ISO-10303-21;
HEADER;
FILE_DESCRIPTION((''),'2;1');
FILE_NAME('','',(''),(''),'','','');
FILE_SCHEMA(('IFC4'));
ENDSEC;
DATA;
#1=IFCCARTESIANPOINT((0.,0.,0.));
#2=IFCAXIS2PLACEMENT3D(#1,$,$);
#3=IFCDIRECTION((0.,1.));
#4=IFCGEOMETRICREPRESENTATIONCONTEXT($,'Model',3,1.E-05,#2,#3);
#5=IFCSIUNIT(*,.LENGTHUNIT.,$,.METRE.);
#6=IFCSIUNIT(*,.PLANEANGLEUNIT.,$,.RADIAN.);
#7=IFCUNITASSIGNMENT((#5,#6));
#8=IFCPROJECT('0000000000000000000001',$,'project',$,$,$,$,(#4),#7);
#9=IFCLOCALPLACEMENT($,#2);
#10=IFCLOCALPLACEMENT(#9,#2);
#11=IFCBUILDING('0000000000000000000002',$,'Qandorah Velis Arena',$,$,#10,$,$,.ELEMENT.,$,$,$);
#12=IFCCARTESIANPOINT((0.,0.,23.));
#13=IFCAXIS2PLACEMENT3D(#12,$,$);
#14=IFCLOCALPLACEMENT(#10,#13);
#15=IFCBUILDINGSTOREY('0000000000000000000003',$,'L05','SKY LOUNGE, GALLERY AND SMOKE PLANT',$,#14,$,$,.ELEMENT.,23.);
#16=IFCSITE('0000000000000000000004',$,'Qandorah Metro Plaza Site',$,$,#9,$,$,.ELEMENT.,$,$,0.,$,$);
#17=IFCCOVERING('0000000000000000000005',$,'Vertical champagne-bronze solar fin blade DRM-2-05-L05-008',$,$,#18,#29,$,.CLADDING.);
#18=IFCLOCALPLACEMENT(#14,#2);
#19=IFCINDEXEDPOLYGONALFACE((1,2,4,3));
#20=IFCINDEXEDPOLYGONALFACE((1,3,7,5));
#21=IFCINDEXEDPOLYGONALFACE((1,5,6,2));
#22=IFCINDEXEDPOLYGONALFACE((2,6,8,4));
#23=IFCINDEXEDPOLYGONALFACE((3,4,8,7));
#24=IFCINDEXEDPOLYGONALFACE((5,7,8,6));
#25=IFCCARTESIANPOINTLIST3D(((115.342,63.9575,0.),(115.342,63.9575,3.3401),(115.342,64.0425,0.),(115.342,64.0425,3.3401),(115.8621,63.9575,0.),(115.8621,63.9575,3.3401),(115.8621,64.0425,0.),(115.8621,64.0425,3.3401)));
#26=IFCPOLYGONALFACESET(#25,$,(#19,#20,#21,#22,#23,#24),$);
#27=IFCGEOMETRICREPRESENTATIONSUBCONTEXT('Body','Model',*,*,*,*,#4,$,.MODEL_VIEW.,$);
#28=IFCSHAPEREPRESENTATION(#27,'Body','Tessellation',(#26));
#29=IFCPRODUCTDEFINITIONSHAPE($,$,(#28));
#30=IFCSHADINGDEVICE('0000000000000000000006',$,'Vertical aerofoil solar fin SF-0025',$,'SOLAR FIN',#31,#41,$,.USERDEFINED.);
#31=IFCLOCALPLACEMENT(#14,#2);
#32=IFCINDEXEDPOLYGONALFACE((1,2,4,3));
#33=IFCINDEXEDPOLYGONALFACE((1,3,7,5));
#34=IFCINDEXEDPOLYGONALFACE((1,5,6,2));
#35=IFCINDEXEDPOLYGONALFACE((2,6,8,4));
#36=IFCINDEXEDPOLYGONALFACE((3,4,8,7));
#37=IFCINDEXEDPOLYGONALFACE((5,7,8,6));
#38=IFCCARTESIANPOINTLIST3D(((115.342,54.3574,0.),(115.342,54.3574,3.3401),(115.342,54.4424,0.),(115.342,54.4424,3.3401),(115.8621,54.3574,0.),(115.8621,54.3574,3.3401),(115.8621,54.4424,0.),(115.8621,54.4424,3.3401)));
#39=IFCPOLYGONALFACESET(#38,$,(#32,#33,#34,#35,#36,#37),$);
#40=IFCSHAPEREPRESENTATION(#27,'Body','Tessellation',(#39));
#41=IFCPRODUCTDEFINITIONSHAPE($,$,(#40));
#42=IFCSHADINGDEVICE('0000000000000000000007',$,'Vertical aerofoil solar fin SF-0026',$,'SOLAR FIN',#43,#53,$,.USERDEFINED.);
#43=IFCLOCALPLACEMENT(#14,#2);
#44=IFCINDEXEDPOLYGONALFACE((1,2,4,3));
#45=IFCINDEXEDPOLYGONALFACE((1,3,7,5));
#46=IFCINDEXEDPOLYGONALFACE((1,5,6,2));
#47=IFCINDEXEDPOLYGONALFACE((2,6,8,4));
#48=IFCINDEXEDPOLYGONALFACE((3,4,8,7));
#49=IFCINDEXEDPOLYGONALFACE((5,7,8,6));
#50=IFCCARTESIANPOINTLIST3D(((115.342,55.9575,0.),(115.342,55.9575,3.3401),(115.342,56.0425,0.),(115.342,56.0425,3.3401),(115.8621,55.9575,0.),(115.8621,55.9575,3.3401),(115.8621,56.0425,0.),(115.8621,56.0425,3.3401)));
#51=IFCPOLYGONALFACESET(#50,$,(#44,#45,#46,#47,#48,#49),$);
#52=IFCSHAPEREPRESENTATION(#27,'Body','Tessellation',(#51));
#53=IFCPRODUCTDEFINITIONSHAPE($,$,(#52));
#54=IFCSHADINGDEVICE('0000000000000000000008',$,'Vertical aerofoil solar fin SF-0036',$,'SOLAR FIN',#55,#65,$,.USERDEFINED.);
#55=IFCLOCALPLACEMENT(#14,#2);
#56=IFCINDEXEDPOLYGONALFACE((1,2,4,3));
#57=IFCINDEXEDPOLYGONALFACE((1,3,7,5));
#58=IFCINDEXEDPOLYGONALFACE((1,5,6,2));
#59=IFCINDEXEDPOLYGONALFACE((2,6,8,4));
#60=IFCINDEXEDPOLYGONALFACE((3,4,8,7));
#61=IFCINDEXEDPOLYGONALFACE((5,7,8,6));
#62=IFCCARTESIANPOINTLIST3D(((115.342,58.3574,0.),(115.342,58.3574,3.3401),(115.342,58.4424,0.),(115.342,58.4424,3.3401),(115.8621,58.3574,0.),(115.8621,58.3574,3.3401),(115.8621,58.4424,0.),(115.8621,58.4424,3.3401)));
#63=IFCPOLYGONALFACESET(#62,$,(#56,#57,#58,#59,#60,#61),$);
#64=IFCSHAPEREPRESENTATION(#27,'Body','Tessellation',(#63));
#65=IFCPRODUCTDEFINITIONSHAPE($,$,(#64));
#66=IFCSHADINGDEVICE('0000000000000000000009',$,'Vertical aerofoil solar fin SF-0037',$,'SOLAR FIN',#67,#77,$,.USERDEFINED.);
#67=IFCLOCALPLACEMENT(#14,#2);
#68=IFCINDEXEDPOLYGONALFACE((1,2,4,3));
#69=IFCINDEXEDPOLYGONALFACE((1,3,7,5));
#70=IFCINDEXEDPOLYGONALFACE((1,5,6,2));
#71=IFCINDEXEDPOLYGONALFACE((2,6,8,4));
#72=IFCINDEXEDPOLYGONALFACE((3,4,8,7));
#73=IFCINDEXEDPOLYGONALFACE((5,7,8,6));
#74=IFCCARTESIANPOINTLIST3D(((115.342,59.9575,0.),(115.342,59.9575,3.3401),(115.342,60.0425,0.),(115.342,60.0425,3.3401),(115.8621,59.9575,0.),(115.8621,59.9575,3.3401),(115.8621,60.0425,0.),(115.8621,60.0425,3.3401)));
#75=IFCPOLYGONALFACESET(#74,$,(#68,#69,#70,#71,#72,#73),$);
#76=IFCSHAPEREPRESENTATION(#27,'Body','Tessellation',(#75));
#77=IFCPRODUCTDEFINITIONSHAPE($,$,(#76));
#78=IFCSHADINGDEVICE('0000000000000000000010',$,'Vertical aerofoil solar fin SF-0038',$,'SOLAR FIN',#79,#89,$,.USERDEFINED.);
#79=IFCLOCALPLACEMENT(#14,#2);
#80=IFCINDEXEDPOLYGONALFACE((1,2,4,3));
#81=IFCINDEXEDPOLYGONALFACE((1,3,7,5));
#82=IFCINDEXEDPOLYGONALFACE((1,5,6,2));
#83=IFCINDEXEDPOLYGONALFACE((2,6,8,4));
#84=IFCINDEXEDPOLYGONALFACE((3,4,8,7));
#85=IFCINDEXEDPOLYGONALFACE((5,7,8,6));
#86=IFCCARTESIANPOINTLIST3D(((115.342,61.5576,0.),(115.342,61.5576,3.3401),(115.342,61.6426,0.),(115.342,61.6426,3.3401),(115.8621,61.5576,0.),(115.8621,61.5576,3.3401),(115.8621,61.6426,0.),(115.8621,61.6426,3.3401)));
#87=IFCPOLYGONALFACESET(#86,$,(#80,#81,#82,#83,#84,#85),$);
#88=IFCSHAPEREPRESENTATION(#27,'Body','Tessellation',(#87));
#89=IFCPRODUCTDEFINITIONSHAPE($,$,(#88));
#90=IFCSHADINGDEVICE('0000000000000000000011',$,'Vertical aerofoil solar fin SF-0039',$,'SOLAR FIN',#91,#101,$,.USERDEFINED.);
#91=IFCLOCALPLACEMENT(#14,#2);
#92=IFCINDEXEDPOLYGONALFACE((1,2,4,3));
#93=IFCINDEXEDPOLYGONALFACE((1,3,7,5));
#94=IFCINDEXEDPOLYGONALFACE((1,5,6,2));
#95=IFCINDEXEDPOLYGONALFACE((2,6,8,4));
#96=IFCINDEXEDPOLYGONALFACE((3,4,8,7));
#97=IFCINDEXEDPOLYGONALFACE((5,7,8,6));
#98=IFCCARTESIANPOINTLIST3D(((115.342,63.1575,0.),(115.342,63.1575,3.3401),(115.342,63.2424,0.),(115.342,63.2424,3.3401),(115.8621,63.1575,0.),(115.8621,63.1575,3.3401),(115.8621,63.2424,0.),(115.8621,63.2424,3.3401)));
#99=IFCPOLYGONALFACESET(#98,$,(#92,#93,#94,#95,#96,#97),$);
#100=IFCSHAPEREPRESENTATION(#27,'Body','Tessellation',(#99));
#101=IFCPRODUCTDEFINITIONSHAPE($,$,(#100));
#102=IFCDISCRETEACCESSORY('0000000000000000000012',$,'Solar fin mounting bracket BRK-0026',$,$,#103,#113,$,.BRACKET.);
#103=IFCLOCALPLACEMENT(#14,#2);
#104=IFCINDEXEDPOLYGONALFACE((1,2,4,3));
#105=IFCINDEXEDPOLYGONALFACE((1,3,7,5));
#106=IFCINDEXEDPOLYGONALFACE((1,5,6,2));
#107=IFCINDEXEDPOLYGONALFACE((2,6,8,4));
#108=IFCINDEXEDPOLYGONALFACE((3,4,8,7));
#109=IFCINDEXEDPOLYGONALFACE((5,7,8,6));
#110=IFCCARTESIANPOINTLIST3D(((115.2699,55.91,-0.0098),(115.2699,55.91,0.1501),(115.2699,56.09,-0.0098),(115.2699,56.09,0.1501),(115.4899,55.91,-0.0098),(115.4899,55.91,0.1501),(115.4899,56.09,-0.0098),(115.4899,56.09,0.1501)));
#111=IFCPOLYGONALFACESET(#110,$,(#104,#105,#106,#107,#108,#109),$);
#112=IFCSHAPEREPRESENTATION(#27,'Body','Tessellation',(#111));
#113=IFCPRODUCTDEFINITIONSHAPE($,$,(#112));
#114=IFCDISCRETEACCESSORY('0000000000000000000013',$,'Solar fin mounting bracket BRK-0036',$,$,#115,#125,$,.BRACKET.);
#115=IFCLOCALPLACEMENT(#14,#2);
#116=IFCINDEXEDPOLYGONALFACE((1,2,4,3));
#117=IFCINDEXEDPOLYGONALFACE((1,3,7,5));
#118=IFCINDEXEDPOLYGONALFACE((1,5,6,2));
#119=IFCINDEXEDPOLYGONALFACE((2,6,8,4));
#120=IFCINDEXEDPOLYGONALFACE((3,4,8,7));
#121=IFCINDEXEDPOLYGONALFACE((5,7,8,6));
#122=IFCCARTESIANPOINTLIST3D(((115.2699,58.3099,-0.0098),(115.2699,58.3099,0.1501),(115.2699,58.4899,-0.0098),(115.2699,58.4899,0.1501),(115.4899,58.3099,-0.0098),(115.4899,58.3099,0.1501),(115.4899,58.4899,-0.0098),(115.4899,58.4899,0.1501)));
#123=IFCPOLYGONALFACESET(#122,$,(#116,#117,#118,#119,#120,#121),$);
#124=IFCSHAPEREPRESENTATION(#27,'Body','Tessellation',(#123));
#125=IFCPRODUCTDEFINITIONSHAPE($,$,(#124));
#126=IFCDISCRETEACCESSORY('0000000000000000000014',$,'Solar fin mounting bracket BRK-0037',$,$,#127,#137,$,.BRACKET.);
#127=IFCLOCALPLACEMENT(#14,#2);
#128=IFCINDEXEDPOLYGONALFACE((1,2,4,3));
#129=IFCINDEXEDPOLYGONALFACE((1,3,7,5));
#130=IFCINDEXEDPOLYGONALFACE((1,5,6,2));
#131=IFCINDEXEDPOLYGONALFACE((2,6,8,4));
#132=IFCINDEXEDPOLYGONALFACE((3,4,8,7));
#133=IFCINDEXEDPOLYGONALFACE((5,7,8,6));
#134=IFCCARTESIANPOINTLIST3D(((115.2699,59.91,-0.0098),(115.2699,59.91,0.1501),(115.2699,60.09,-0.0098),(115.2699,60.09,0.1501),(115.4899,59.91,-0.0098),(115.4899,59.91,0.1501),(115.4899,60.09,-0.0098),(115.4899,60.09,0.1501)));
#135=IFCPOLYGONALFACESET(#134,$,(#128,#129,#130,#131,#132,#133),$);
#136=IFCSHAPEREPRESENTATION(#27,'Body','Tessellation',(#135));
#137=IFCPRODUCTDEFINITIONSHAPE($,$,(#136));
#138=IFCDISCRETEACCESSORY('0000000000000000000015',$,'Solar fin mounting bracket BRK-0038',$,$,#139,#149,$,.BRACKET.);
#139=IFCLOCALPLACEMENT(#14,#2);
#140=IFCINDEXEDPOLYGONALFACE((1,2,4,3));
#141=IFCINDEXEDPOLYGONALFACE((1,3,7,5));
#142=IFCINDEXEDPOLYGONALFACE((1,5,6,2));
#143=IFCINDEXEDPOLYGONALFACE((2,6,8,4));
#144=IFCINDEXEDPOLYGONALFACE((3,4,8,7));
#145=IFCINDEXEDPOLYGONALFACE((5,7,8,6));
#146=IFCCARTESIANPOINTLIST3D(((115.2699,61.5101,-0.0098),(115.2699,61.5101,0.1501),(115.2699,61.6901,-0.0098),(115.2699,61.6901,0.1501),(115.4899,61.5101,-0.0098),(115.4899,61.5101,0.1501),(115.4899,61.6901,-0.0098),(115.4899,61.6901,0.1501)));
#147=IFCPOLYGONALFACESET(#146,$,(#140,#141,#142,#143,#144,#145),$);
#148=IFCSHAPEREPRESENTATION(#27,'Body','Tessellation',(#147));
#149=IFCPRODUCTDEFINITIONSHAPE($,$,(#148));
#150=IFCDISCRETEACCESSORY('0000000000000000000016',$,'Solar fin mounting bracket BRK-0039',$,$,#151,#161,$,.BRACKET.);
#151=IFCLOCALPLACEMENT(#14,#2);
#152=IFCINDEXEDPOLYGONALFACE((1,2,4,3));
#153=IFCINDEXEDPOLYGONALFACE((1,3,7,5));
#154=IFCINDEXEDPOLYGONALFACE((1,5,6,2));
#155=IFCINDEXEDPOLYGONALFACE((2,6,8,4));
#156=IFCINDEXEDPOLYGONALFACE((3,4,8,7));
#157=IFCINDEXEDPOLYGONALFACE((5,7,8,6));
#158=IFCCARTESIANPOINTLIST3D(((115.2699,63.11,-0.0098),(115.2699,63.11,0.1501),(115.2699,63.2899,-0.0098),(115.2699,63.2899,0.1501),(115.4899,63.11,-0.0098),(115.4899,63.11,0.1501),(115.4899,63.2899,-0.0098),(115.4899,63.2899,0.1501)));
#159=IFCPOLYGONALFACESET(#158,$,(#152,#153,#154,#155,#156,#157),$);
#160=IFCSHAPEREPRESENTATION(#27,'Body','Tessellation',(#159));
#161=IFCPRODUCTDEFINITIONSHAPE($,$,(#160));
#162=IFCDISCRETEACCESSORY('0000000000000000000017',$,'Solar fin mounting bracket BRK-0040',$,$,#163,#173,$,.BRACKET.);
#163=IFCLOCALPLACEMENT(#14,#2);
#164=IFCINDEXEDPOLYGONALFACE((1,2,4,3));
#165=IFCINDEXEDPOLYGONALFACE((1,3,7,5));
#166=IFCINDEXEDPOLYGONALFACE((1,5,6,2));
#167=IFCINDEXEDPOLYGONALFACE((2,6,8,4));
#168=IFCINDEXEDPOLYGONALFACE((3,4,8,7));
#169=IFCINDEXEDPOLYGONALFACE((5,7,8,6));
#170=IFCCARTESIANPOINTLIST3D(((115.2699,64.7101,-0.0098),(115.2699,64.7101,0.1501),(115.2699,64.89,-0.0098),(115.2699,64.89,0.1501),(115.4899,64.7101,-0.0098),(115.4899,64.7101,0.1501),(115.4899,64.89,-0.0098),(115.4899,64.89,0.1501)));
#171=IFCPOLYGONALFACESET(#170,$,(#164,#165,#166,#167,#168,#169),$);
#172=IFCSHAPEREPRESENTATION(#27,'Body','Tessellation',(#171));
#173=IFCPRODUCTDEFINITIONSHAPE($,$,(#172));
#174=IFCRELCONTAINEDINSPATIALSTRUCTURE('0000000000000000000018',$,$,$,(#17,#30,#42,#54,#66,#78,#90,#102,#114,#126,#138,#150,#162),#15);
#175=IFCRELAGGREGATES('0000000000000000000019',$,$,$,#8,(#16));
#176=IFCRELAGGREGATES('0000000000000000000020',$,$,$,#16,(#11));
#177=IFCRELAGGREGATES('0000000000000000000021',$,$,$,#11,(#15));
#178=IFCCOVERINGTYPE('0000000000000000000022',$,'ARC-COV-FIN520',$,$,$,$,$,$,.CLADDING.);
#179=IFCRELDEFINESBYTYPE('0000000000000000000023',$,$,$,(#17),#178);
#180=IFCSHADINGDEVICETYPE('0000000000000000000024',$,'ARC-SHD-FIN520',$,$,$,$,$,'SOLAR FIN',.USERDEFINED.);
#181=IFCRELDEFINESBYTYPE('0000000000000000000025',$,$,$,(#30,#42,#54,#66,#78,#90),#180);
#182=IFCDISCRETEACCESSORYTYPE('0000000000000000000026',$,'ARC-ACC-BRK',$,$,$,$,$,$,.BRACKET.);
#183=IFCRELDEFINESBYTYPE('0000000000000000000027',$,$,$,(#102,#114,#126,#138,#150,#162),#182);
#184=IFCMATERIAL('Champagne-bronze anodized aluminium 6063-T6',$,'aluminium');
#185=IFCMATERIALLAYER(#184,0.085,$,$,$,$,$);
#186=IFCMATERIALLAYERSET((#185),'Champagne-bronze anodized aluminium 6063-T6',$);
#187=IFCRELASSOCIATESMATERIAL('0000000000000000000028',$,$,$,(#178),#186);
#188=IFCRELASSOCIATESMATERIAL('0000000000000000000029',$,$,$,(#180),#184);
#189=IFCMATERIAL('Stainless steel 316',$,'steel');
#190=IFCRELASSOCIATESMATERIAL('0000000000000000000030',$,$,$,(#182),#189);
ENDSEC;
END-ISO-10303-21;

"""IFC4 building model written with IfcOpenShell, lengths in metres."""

from ifc_helpers import new_model, si_unit, direction, frame, origin, origin_2d, place, context, subcontext, project, spatial, rectangle, extrude, material, layer, layer_set, type_object, element, save


model = new_model("IFC4")

# Units and contexts
model_context = context("Model", 3, precision=1e-05, world=origin(), true_north=direction((0.0, 1.0)))
body_context = subcontext(model_context, "Body", "Model", "MODEL_VIEW")
ifc_project = project(units=[si_unit("LENGTHUNIT", "METRE"), si_unit("PLANEANGLEUNIT", "RADIAN")], contexts=[model_context])

# Site, building, storey
site_placement = place(None, origin())
site = spatial("IfcSite", under=ifc_project, at=site_placement, Name="Qandorah Metro Plaza Site", CompositionType="ELEMENT", RefElevation=0.0)
building_placement = place(site_placement, origin())
building = spatial("IfcBuilding", under=site, at=building_placement, Name="Qandorah Velis Arena", CompositionType="ELEMENT")
storey_placement = place(building_placement, frame((0.0, 0.0, 23.0)))
storey = spatial("IfcBuildingStorey", under=building, at=storey_placement, Name="L05", Description="SKY LOUNGE, GALLERY AND SMOKE PLANT", CompositionType="ELEMENT", Elevation=23.0)

# Covering
ifc_material_1 = material(Name="Champagne-bronze anodized aluminium 6063-T6", Category="aluminium")
ifc_layer_1 = layer(ifc_material_1, 0.085)
ifc_layer_set_1 = layer_set([ifc_layer_1], Name="Champagne-bronze anodized aluminium 6063-T6")
covering_type = type_object("IfcCoveringType", Name="ARC-COV-FIN520", PredefinedType="CLADDING", material=ifc_layer_set_1)
for number, where, z_axis, x_axis, name in (
    (1, (115.6021, 64.0, 0.0), (0.0, 0.0, 1.0), (1.0, 0.0, 0.0), "Vertical champagne-bronze solar fin blade DRM-2-05-L05-008"),
):
    element("IfcCovering", number, at=place(storey_placement, frame(where, z_axis=z_axis, x_axis=x_axis)), inside=storey, type_object=covering_type, Name=name, PredefinedType="CLADDING", context=body_context, shape_type="SweptSolid", body=[
        extrude(rectangle(XDim=0.52, YDim=0.085, at=origin_2d()), origin(), (0.0, 0.0, 1.0), 3.3401),
    ])

# Shading devices
shading_device_type = type_object("IfcShadingDeviceType", Name="ARC-SHD-FIN520", ElementType="SOLAR FIN", PredefinedType="USERDEFINED", material=ifc_material_1)
for number, where, z_axis, x_axis, name in (
    (2, (115.6021, 54.3999, 0.0), (0.0, 0.0, 1.0), (1.0, 0.0, 0.0), "Vertical aerofoil solar fin SF-0025"),
    (3, (115.6021, 56.0, 0.0), (0.0, 0.0, 1.0), (1.0, 0.0, 0.0), "Vertical aerofoil solar fin SF-0026"),
    (4, (115.6021, 58.3999, 0.0), (0.0, 0.0, 1.0), (1.0, 0.0, 0.0), "Vertical aerofoil solar fin SF-0036"),
    (5, (115.6021, 60.0, 0.0), (0.0, 0.0, 1.0), (1.0, 0.0, 0.0), "Vertical aerofoil solar fin SF-0037"),
    (6, (115.6021, 61.6001, 0.0), (0.0, 0.0, 1.0), (1.0, 0.0, 0.0), "Vertical aerofoil solar fin SF-0038"),
    (7, (115.6021, 63.2, 0.0), (0.0, 0.0, 1.0), (1.0, 0.0, 0.0), "Vertical aerofoil solar fin SF-0039"),
):
    element("IfcShadingDevice", number, at=place(storey_placement, frame(where, z_axis=z_axis, x_axis=x_axis)), inside=storey, type_object=shading_device_type, Name=name, ObjectType="SOLAR FIN", PredefinedType="USERDEFINED", context=body_context, shape_type="SweptSolid", body=[
        extrude(rectangle(XDim=0.52, YDim=0.085, at=origin_2d()), origin(), (0.0, 0.0, 1.0), 3.3401),
    ])

# Discrete accessories
ifc_material_2 = material(Name="Stainless steel 316", Category="steel")
discrete_accessory_type = type_object("IfcDiscreteAccessoryType", Name="ARC-ACC-BRK", PredefinedType="BRACKET", material=ifc_material_2)
for number, where, z_axis, x_axis, name in (
    (8, (115.3799, 56.0, -0.0098), (0.0, 0.0, 1.0), (1.0, 0.0, 0.0), "Solar fin mounting bracket BRK-0026"),
    (9, (115.3799, 58.3999, -0.0098), (0.0, 0.0, 1.0), (1.0, 0.0, 0.0), "Solar fin mounting bracket BRK-0036"),
    (10, (115.3799, 60.0, -0.0098), (0.0, 0.0, 1.0), (1.0, 0.0, 0.0), "Solar fin mounting bracket BRK-0037"),
    (11, (115.3799, 61.6001, -0.0098), (0.0, 0.0, 1.0), (1.0, 0.0, 0.0), "Solar fin mounting bracket BRK-0038"),
    (12, (115.3799, 63.2, -0.0098), (0.0, 0.0, 1.0), (1.0, 0.0, 0.0), "Solar fin mounting bracket BRK-0039"),
    (13, (115.3799, 64.8, -0.0098), (0.0, 0.0, 1.0), (1.0, 0.0, 0.0), "Solar fin mounting bracket BRK-0040"),
):
    element("IfcDiscreteAccessory", number, at=place(storey_placement, frame(where, z_axis=z_axis, x_axis=x_axis)), inside=storey, type_object=discrete_accessory_type, Name=name, PredefinedType="BRACKET", context=body_context, shape_type="SweptSolid", body=[
        extrude(rectangle(XDim=0.22, YDim=0.1799, at=origin_2d()), origin(), (0.0, 0.0, 1.0), 0.1599),
    ])

save(model, "model.ifc")
